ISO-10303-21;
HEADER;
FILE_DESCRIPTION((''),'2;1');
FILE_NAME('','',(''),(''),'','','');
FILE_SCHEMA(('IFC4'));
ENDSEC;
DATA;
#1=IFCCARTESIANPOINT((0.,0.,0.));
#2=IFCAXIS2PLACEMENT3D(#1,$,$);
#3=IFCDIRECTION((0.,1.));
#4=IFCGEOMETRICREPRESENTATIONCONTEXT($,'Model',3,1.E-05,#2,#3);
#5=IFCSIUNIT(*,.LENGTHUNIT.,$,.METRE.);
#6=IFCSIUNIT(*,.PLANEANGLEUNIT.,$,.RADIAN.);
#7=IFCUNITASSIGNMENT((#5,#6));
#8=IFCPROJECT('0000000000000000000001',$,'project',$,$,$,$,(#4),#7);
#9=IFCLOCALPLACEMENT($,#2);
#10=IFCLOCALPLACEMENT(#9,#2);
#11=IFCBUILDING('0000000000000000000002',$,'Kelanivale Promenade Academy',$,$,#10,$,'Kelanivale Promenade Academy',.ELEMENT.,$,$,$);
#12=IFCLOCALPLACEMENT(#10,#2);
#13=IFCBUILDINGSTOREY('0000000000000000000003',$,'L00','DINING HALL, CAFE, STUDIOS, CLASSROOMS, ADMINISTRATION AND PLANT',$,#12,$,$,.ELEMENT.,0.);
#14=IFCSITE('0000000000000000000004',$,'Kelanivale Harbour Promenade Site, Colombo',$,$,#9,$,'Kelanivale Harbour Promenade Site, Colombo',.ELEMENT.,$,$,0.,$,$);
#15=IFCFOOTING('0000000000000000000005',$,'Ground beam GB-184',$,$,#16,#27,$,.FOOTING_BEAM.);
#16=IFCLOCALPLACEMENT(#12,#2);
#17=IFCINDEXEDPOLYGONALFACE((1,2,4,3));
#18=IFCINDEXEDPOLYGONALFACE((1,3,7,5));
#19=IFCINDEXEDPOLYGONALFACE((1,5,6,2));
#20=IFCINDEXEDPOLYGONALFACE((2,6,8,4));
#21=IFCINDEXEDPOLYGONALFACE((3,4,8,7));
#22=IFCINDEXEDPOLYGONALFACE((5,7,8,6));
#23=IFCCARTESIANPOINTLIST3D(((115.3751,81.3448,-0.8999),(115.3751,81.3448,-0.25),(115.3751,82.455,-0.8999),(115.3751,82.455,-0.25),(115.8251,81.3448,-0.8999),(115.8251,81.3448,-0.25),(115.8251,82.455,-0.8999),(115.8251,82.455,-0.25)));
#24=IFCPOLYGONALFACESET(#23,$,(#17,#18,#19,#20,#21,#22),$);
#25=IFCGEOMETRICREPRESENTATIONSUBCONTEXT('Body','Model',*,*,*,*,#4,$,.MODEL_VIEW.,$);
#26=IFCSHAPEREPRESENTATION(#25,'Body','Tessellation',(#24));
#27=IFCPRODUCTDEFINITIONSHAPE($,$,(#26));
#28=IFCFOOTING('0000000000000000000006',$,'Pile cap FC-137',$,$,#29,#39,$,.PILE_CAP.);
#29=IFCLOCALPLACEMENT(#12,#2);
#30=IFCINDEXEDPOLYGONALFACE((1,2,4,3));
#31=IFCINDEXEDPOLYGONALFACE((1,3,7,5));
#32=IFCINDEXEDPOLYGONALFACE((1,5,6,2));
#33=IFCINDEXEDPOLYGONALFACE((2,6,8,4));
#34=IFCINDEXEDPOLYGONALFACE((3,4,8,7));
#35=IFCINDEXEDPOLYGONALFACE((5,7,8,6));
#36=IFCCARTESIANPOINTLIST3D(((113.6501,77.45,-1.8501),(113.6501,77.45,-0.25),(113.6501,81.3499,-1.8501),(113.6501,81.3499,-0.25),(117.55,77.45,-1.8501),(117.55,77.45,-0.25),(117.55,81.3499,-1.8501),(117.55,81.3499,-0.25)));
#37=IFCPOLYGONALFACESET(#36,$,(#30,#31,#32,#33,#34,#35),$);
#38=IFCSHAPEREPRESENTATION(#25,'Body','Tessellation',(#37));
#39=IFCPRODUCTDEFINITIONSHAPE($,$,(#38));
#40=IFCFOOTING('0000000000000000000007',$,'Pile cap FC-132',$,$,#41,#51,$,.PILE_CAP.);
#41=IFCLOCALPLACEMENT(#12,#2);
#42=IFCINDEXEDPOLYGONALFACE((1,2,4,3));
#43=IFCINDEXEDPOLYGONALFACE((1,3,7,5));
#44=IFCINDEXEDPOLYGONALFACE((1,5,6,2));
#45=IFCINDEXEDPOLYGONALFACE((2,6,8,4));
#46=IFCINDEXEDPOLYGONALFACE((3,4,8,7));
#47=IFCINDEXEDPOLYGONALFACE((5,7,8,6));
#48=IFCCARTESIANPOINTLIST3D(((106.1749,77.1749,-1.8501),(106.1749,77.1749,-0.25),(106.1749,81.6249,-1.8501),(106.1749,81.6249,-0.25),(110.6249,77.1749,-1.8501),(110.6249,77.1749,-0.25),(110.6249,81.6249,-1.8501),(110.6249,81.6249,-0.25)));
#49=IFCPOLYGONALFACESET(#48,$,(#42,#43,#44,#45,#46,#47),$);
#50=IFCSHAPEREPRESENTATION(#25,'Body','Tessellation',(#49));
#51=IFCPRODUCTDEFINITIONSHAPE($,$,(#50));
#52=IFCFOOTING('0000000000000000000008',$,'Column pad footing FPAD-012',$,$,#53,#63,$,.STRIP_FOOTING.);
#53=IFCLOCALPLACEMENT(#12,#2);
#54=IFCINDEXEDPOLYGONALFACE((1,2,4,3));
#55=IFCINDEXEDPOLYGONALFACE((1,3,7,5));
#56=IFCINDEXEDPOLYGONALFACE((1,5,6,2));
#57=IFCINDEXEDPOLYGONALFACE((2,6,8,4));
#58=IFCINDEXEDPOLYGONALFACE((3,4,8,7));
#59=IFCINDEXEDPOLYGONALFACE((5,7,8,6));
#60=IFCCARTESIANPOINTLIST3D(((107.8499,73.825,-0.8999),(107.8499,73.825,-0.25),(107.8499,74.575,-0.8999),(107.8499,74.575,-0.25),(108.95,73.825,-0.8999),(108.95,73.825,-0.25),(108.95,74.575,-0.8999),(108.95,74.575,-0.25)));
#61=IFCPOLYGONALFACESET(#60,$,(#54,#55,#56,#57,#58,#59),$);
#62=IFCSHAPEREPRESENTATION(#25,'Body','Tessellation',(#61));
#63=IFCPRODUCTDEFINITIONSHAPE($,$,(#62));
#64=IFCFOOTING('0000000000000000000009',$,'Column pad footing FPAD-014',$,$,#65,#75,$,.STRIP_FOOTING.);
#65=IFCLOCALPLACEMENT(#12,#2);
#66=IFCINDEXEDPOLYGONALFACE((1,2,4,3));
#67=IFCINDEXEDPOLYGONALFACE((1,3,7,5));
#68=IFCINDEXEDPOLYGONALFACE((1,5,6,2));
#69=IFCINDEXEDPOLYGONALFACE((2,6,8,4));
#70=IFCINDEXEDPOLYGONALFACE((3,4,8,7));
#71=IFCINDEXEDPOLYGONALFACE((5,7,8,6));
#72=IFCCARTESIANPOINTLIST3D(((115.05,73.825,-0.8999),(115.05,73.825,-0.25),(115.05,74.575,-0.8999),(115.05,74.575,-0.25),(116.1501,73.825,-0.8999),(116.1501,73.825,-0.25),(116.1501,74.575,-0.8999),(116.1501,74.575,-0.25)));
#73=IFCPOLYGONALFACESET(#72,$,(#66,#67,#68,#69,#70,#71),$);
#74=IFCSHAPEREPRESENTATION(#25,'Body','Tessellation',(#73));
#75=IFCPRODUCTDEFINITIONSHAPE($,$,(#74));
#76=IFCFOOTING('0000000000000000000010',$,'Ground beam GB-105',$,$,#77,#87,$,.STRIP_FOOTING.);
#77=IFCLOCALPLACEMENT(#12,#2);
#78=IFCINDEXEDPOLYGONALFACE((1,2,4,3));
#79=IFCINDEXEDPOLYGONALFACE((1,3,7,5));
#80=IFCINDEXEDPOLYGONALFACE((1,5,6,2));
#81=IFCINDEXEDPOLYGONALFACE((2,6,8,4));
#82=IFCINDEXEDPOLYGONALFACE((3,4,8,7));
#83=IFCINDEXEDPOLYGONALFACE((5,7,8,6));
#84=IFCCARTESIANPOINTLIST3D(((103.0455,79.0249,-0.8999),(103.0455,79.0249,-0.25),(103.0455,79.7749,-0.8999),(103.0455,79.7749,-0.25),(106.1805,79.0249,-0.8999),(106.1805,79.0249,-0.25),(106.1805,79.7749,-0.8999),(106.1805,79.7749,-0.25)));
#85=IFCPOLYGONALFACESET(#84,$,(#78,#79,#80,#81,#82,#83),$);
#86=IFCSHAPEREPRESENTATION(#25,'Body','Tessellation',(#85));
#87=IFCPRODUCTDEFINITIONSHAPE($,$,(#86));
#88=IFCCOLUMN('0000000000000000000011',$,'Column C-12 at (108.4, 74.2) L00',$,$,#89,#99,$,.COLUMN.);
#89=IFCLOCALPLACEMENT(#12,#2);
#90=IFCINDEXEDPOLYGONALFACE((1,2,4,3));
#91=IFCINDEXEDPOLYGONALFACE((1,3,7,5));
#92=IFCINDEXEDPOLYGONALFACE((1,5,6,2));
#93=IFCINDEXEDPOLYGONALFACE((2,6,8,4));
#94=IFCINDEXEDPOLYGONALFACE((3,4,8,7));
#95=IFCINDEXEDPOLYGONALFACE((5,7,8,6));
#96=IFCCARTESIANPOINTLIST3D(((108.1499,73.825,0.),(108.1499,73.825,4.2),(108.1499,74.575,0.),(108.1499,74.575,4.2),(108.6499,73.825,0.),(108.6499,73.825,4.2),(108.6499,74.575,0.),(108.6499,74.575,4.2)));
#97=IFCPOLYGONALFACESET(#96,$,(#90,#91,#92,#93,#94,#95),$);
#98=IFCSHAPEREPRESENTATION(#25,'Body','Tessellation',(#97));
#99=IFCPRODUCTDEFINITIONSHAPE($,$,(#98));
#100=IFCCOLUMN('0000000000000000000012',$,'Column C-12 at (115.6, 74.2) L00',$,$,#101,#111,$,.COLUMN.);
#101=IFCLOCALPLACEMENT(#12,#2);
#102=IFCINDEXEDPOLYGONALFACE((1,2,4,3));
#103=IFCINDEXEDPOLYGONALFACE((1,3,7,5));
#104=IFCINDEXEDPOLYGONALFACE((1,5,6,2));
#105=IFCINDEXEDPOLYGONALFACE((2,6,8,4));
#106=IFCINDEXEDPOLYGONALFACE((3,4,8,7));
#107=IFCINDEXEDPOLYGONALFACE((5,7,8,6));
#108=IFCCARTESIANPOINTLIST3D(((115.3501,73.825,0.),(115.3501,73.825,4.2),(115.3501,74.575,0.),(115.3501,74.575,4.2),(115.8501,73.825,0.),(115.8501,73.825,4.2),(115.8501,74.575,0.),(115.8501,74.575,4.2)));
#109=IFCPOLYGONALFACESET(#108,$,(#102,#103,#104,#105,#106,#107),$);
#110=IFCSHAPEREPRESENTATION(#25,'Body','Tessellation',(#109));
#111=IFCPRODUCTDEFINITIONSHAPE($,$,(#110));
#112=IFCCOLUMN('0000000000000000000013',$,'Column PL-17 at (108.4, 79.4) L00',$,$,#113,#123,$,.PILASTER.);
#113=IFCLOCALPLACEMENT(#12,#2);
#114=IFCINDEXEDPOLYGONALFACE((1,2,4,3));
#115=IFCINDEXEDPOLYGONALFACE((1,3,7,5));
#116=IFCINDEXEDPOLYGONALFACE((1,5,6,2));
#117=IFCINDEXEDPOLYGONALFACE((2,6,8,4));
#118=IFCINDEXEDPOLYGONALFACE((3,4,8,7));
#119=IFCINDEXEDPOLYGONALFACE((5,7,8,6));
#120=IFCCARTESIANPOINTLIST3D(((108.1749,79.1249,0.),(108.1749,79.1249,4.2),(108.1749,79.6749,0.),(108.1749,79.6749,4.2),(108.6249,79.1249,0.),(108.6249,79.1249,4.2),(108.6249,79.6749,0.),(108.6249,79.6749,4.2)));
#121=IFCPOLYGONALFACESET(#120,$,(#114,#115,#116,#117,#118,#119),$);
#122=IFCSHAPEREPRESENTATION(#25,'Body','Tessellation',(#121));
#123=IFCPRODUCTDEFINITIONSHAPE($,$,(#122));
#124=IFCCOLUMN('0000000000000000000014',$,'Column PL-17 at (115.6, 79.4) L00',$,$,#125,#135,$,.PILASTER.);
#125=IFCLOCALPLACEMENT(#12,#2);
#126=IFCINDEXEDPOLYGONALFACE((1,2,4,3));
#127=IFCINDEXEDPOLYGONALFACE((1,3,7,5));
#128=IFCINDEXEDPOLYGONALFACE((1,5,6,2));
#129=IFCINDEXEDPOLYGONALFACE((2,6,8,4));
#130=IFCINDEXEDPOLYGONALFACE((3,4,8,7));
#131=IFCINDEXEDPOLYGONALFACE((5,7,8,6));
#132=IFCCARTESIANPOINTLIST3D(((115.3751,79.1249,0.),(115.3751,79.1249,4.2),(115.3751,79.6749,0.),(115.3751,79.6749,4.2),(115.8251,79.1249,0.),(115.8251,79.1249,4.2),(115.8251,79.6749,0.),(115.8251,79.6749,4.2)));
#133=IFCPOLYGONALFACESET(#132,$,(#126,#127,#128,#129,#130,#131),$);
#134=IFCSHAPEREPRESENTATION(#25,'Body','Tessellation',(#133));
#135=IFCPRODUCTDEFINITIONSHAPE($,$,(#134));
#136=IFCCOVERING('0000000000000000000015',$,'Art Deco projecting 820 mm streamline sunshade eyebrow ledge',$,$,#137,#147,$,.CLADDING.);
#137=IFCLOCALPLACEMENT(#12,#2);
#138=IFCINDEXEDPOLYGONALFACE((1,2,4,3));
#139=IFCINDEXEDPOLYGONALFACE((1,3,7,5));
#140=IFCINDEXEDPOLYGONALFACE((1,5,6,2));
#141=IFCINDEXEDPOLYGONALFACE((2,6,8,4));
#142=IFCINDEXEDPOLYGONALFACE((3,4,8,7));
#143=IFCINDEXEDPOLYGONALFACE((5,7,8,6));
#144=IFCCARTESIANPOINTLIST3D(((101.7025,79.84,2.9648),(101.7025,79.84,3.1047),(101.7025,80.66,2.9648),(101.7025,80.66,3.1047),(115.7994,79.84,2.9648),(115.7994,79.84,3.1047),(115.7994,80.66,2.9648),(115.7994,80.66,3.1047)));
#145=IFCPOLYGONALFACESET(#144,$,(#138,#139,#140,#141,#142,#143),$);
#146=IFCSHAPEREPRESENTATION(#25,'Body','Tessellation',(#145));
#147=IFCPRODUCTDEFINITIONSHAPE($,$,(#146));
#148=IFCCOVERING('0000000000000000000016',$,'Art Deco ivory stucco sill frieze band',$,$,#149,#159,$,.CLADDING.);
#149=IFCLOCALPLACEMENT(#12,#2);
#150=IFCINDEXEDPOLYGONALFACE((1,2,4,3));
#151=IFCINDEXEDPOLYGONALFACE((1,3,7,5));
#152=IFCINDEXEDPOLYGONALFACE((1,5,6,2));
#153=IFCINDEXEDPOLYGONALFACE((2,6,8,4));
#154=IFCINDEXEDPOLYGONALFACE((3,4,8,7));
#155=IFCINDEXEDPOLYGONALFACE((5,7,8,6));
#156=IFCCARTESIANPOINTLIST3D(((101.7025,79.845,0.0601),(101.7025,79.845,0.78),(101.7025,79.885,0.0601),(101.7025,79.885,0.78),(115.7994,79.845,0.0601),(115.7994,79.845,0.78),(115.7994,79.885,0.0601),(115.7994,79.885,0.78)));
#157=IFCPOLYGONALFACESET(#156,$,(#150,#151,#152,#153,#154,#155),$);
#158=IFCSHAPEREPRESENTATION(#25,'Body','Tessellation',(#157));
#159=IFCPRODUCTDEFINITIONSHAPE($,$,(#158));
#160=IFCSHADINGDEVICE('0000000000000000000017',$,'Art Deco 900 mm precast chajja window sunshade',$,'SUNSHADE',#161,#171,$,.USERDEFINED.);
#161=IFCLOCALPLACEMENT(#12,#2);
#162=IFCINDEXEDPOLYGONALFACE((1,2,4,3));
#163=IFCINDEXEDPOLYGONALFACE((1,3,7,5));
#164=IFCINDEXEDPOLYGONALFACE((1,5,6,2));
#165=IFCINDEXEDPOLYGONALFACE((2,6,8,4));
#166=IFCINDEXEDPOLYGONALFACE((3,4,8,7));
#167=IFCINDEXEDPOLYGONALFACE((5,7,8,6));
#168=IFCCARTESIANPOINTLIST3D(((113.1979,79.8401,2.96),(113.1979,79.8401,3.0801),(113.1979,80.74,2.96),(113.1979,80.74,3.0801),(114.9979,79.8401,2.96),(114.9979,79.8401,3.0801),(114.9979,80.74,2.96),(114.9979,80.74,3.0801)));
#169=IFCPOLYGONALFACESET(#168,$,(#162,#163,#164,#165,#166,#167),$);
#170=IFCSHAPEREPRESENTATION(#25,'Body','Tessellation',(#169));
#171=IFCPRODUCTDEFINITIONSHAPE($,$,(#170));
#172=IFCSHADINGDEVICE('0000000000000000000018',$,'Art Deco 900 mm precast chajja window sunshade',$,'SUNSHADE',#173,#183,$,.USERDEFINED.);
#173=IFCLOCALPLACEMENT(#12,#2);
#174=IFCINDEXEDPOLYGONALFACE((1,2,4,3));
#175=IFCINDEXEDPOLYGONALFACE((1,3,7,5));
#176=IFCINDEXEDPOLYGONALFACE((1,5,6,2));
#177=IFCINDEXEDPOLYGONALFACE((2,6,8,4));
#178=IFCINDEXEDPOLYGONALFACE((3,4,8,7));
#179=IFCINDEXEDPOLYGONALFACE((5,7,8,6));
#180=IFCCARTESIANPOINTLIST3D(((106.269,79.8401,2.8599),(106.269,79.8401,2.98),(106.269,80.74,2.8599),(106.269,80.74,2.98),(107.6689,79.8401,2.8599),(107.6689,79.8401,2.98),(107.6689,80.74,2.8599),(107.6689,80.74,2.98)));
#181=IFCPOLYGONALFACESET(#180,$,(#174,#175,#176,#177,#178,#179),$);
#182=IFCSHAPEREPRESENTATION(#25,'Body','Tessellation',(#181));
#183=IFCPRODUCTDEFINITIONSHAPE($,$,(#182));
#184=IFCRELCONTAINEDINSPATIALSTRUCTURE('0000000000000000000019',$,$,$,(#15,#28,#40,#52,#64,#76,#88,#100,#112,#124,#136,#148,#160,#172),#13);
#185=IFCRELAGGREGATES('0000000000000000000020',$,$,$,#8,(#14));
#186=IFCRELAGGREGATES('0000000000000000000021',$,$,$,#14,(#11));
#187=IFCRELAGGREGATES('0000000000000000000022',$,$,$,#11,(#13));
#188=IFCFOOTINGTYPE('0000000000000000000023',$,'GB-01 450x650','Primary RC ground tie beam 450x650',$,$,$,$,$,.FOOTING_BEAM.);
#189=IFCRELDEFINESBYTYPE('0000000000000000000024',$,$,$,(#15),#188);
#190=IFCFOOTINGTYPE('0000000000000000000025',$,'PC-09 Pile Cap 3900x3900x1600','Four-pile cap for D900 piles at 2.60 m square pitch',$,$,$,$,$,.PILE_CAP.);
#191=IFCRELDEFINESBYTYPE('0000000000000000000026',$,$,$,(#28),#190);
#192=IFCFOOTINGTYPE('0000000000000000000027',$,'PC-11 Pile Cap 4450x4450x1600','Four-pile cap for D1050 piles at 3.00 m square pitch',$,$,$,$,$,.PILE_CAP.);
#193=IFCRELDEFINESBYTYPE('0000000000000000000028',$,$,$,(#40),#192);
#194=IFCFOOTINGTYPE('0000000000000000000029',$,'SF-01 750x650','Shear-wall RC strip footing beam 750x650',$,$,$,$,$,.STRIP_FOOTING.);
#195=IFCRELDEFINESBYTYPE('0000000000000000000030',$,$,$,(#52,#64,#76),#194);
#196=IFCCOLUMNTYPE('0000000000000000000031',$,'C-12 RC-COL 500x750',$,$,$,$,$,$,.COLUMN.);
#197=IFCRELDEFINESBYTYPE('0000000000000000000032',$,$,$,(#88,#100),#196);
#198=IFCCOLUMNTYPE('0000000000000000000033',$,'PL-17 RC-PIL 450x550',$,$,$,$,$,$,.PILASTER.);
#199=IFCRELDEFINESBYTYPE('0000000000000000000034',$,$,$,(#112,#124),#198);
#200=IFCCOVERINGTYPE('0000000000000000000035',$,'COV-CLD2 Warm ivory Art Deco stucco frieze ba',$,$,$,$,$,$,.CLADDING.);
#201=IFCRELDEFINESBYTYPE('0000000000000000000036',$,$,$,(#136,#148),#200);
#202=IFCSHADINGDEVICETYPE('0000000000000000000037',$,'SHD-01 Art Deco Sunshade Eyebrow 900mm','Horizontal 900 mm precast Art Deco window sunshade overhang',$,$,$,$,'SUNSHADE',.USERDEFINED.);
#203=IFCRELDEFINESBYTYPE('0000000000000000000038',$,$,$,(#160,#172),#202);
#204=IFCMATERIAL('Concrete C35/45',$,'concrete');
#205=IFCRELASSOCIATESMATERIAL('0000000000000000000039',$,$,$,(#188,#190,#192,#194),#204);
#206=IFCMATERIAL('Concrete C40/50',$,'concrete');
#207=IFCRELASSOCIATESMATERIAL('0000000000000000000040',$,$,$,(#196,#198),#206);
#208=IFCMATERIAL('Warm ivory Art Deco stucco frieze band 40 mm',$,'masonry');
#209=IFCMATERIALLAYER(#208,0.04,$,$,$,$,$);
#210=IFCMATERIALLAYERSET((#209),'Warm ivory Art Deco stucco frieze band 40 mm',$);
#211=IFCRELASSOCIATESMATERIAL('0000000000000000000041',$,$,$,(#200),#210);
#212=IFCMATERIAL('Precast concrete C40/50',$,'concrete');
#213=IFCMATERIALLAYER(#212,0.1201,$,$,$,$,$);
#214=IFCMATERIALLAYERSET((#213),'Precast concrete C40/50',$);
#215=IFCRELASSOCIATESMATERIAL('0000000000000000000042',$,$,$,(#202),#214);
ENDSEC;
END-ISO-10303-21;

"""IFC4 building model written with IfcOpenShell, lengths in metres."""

from ifc_helpers import new_model, si_unit, direction, frame, origin, origin_2d, place, context, subcontext, project, spatial, rectangle, extrude, material, layer, layer_set, material_profile, profile_set, type_object, element, save


model = new_model("IFC4")

# Units and contexts
model_context = context("Model", 3, precision=1e-05, world=origin(), true_north=direction((0.0, 1.0)))
body_context = subcontext(model_context, "Body", "Model", "MODEL_VIEW")
ifc_project = project(units=[si_unit("LENGTHUNIT", "METRE"), si_unit("PLANEANGLEUNIT", "RADIAN")], contexts=[model_context])

# Site, building, storey
site_placement = place(None, origin())
site = spatial("IfcSite", under=ifc_project, at=site_placement, Name="Kelanivale Harbour Promenade Site, Colombo", LongName="Kelanivale Harbour Promenade Site, Colombo", CompositionType="ELEMENT", RefElevation=0.0)
building_placement = place(site_placement, origin())
building = spatial("IfcBuilding", under=site, at=building_placement, Name="Kelanivale Promenade Academy", LongName="Kelanivale Promenade Academy", CompositionType="ELEMENT")
storey_placement = place(building_placement, origin())
storey = spatial("IfcBuildingStorey", under=building, at=storey_placement, Name="L00", Description="DINING HALL, CAFE, STUDIOS, CLASSROOMS, ADMINISTRATION AND PLANT", CompositionType="ELEMENT", Elevation=0.0)

# Shared definitions
ifc_material_1 = material(Name="Concrete C35/45", Category="concrete")

# Footings
footing_type_1 = type_object("IfcFootingType", Name="GB-01 450x650", Description="Primary RC ground tie beam 450x650", PredefinedType="FOOTING_BEAM", material=ifc_material_1)
footing_1_placement = place(storey_placement, frame((115.6001, 81.8999, -0.8999), z_axis=(0.0, 0.0, 1.0), x_axis=(0.0, 1.0, 0.0)))
element("IfcFooting", 1, at=footing_1_placement, inside=storey, type_object=footing_type_1, Name="Ground beam GB-184", PredefinedType="FOOTING_BEAM", context=body_context, shape_type="SweptSolid", body=[
    extrude(rectangle(XDim=1.1101, YDim=0.45, at=origin_2d()), origin(), (0.0, 0.0, 1.0), 0.6499),
])
footing_type_2 = type_object("IfcFootingType", Name="PC-09 Pile Cap 3900x3900x1600", Description="Four-pile cap for D900 piles at 2.60 m square pitch", PredefinedType="PILE_CAP", material=ifc_material_1)
footing_2_placement = place(storey_placement, frame((115.6001, 79.3999, -1.8501), z_axis=(0.0, 0.0, 1.0), x_axis=(1.0, 0.0, 0.0)))
element("IfcFooting", 2, at=footing_2_placement, inside=storey, type_object=footing_type_2, Name="Pile cap FC-137", PredefinedType="PILE_CAP", context=body_context, shape_type="SweptSolid", body=[
    extrude(rectangle(XDim=3.8999, YDim=3.8999, at=origin_2d()), origin(), (0.0, 0.0, 1.0), 1.6001),
])
footing_type_3 = type_object("IfcFootingType", Name="PC-11 Pile Cap 4450x4450x1600", Description="Four-pile cap for D1050 piles at 3.00 m square pitch", PredefinedType="PILE_CAP", material=ifc_material_1)
footing_3_placement = place(storey_placement, frame((108.3999, 79.3999, -1.8501), z_axis=(0.0, 0.0, 1.0), x_axis=(1.0, 0.0, 0.0)))
element("IfcFooting", 3, at=footing_3_placement, inside=storey, type_object=footing_type_3, Name="Pile cap FC-132", PredefinedType="PILE_CAP", context=body_context, shape_type="SweptSolid", body=[
    extrude(rectangle(XDim=4.45, YDim=4.45, at=origin_2d()), origin(), (0.0, 0.0, 1.0), 1.6001),
])
footing_type_4 = type_object("IfcFootingType", Name="SF-01 750x650", Description="Shear-wall RC strip footing beam 750x650", PredefinedType="STRIP_FOOTING", material=ifc_material_1)
for number, where, z_axis, x_axis, name in (
    (4, (108.3999, 74.2, -0.8999), (0.0, 0.0, 1.0), (1.0, 0.0, 0.0), "Column pad footing FPAD-012"),
    (5, (115.6001, 74.2, -0.8999), (0.0, 0.0, 1.0), (1.0, 0.0, 0.0), "Column pad footing FPAD-014"),
):
    element("IfcFooting", number, at=place(storey_placement, frame(where, z_axis=z_axis, x_axis=x_axis)), inside=storey, type_object=footing_type_4, Name=name, PredefinedType="STRIP_FOOTING", context=body_context, shape_type="SweptSolid", body=[
        extrude(rectangle(XDim=1.1001, YDim=0.75, at=origin_2d()), origin(), (0.0, 0.0, 1.0), 0.6499),
    ])
footing_4_placement = place(storey_placement, frame((104.613, 79.3999, -0.8999), z_axis=(0.0, 0.0, 1.0), x_axis=(1.0, 0.0, 0.0)))
element("IfcFooting", 6, at=footing_4_placement, inside=storey, type_object=footing_type_4, Name="Ground beam GB-105", PredefinedType="STRIP_FOOTING", context=body_context, shape_type="SweptSolid", body=[
    extrude(rectangle(XDim=3.135, YDim=0.75, at=origin_2d()), origin(), (0.0, 0.0, 1.0), 0.6499),
])

# Columns
ifc_material_2 = material(Name="Concrete C40/50", Category="concrete")
ifc_material_profile_1 = material_profile(ifc_material_2, rectangle(XDim=0.5, YDim=0.75, at=origin_2d()), Name="RC-COL 500x750")
ifc_profile_set_1 = profile_set([ifc_material_profile_1], Name="Concrete C40/50")
column_type_1 = type_object("IfcColumnType", Name="C-12 RC-COL 500x750", PredefinedType="COLUMN", material=ifc_profile_set_1)
for number, where, z_axis, x_axis, name in (
    (7, (108.3999, 74.2, 0.0), (0.0, 0.0, 1.0), (1.0, 0.0, 0.0), "Column C-12 at (108.4, 74.2) L00"),
    (8, (115.6001, 74.2, 0.0), (0.0, 0.0, 1.0), (1.0, 0.0, 0.0), "Column C-12 at (115.6, 74.2) L00"),
):
    element("IfcColumn", number, at=place(storey_placement, frame(where, z_axis=z_axis, x_axis=x_axis)), inside=storey, type_object=column_type_1, Name=name, PredefinedType="COLUMN", context=body_context, shape_type="SweptSolid", body=[
        extrude(rectangle(XDim=0.5, YDim=0.75, at=origin_2d()), origin(), (0.0, 0.0, 1.0), 4.2),
    ])
ifc_material_profile_2 = material_profile(ifc_material_2, rectangle(XDim=0.45, YDim=0.55, at=origin_2d()), Name="RC-PIL 450x550")
ifc_profile_set_2 = profile_set([ifc_material_profile_2], Name="Concrete C40/50")
column_type_2 = type_object("IfcColumnType", Name="PL-17 RC-PIL 450x550", PredefinedType="PILASTER", material=ifc_profile_set_2)
for number, where, z_axis, x_axis, name in (
    (9, (108.3999, 79.3999, 0.0), (0.0, 0.0, 1.0), (1.0, 0.0, 0.0), "Column PL-17 at (108.4, 79.4) L00"),
    (10, (115.6001, 79.3999, 0.0), (0.0, 0.0, 1.0), (1.0, 0.0, 0.0), "Column PL-17 at (115.6, 79.4) L00"),
):
    element("IfcColumn", number, at=place(storey_placement, frame(where, z_axis=z_axis, x_axis=x_axis)), inside=storey, type_object=column_type_2, Name=name, PredefinedType="PILASTER", context=body_context, shape_type="SweptSolid", body=[
        extrude(rectangle(XDim=0.45, YDim=0.55, at=origin_2d()), origin(), (0.0, 0.0, 1.0), 4.2),
    ])

# Coverings
ifc_material_3 = material(Name="Warm ivory Art Deco stucco frieze band 40 mm", Category="masonry")
ifc_layer_1 = layer(ifc_material_3, 0.04)
ifc_layer_set_1 = layer_set([ifc_layer_1], Name="Warm ivory Art Deco stucco frieze band 40 mm")
covering_type = type_object("IfcCoveringType", Name="COV-CLD2 Warm ivory Art Deco stucco frieze ba", PredefinedType="CLADDING", material=ifc_layer_set_1)
covering_1_placement = place(storey_placement, frame((108.751, 80.25, 2.9648), z_axis=(0.0, 0.0, 1.0), x_axis=(-1.0, 0.0, 0.0)))
element("IfcCovering", 11, at=covering_1_placement, inside=storey, type_object=covering_type, Name="Art Deco projecting 820 mm streamline sunshade eyebrow ledge", PredefinedType="CLADDING", context=body_context, shape_type="SweptSolid", body=[
    extrude(rectangle(XDim=14.0969, YDim=0.8201, at=origin_2d()), origin(), (0.0, 0.0, 1.0), 0.1399),
])
covering_2_placement = place(storey_placement, frame((108.751, 79.865, 0.0601), z_axis=(0.0, 0.0, 1.0), x_axis=(-1.0, 0.0, 0.0)))
element("IfcCovering", 12, at=covering_2_placement, inside=storey, type_object=covering_type, Name="Art Deco ivory stucco sill frieze band", PredefinedType="CLADDING", context=body_context, shape_type="SweptSolid", body=[
    extrude(rectangle(XDim=14.0969, YDim=0.04, at=origin_2d()), origin(), (0.0, 0.0, 1.0), 0.72),
])

# Shading devices
ifc_material_4 = material(Name="Precast concrete C40/50", Category="concrete")
ifc_layer_2 = layer(ifc_material_4, 0.1201)
ifc_layer_set_2 = layer_set([ifc_layer_2], Name="Precast concrete C40/50")
shading_device_type_1 = type_object("IfcShadingDeviceType", Name="SHD-01 Art Deco Sunshade Eyebrow 900mm", Description="Horizontal 900 mm precast Art Deco window sunshade overhang", ElementType="SUNSHADE", PredefinedType="USERDEFINED", material=ifc_layer_set_2)
shading_device_1_placement = place(storey_placement, frame((114.0979, 80.29, 2.96), z_axis=(0.0, 0.0, 1.0), x_axis=(-1.0, 0.0, 0.0)))
element("IfcShadingDevice", 13, at=shading_device_1_placement, inside=storey, type_object=shading_device_type_1, Name="Art Deco 900 mm precast chajja window sunshade", ObjectType="SUNSHADE", PredefinedType="USERDEFINED", context=body_context, shape_type="SweptSolid", body=[
    extrude(rectangle(XDim=1.8, YDim=0.8999, at=origin_2d()), origin(), (0.0, 0.0, 1.0), 0.1201),
])
shading_device_2_placement = place(storey_placement, frame((106.969, 80.29, 2.8599), z_axis=(0.0, 0.0, 1.0), x_axis=(-1.0, 0.0, 0.0)))
element("IfcShadingDevice", 14, at=shading_device_2_placement, inside=storey, type_object=shading_device_type_1, Name="Art Deco 900 mm precast chajja window sunshade", ObjectType="SUNSHADE", PredefinedType="USERDEFINED", context=body_context, shape_type="SweptSolid", body=[
    extrude(rectangle(XDim=1.3999, YDim=0.8999, at=origin_2d()), origin(), (0.0, 0.0, 1.0), 0.1201),
])

save(model, "model.ifc")
